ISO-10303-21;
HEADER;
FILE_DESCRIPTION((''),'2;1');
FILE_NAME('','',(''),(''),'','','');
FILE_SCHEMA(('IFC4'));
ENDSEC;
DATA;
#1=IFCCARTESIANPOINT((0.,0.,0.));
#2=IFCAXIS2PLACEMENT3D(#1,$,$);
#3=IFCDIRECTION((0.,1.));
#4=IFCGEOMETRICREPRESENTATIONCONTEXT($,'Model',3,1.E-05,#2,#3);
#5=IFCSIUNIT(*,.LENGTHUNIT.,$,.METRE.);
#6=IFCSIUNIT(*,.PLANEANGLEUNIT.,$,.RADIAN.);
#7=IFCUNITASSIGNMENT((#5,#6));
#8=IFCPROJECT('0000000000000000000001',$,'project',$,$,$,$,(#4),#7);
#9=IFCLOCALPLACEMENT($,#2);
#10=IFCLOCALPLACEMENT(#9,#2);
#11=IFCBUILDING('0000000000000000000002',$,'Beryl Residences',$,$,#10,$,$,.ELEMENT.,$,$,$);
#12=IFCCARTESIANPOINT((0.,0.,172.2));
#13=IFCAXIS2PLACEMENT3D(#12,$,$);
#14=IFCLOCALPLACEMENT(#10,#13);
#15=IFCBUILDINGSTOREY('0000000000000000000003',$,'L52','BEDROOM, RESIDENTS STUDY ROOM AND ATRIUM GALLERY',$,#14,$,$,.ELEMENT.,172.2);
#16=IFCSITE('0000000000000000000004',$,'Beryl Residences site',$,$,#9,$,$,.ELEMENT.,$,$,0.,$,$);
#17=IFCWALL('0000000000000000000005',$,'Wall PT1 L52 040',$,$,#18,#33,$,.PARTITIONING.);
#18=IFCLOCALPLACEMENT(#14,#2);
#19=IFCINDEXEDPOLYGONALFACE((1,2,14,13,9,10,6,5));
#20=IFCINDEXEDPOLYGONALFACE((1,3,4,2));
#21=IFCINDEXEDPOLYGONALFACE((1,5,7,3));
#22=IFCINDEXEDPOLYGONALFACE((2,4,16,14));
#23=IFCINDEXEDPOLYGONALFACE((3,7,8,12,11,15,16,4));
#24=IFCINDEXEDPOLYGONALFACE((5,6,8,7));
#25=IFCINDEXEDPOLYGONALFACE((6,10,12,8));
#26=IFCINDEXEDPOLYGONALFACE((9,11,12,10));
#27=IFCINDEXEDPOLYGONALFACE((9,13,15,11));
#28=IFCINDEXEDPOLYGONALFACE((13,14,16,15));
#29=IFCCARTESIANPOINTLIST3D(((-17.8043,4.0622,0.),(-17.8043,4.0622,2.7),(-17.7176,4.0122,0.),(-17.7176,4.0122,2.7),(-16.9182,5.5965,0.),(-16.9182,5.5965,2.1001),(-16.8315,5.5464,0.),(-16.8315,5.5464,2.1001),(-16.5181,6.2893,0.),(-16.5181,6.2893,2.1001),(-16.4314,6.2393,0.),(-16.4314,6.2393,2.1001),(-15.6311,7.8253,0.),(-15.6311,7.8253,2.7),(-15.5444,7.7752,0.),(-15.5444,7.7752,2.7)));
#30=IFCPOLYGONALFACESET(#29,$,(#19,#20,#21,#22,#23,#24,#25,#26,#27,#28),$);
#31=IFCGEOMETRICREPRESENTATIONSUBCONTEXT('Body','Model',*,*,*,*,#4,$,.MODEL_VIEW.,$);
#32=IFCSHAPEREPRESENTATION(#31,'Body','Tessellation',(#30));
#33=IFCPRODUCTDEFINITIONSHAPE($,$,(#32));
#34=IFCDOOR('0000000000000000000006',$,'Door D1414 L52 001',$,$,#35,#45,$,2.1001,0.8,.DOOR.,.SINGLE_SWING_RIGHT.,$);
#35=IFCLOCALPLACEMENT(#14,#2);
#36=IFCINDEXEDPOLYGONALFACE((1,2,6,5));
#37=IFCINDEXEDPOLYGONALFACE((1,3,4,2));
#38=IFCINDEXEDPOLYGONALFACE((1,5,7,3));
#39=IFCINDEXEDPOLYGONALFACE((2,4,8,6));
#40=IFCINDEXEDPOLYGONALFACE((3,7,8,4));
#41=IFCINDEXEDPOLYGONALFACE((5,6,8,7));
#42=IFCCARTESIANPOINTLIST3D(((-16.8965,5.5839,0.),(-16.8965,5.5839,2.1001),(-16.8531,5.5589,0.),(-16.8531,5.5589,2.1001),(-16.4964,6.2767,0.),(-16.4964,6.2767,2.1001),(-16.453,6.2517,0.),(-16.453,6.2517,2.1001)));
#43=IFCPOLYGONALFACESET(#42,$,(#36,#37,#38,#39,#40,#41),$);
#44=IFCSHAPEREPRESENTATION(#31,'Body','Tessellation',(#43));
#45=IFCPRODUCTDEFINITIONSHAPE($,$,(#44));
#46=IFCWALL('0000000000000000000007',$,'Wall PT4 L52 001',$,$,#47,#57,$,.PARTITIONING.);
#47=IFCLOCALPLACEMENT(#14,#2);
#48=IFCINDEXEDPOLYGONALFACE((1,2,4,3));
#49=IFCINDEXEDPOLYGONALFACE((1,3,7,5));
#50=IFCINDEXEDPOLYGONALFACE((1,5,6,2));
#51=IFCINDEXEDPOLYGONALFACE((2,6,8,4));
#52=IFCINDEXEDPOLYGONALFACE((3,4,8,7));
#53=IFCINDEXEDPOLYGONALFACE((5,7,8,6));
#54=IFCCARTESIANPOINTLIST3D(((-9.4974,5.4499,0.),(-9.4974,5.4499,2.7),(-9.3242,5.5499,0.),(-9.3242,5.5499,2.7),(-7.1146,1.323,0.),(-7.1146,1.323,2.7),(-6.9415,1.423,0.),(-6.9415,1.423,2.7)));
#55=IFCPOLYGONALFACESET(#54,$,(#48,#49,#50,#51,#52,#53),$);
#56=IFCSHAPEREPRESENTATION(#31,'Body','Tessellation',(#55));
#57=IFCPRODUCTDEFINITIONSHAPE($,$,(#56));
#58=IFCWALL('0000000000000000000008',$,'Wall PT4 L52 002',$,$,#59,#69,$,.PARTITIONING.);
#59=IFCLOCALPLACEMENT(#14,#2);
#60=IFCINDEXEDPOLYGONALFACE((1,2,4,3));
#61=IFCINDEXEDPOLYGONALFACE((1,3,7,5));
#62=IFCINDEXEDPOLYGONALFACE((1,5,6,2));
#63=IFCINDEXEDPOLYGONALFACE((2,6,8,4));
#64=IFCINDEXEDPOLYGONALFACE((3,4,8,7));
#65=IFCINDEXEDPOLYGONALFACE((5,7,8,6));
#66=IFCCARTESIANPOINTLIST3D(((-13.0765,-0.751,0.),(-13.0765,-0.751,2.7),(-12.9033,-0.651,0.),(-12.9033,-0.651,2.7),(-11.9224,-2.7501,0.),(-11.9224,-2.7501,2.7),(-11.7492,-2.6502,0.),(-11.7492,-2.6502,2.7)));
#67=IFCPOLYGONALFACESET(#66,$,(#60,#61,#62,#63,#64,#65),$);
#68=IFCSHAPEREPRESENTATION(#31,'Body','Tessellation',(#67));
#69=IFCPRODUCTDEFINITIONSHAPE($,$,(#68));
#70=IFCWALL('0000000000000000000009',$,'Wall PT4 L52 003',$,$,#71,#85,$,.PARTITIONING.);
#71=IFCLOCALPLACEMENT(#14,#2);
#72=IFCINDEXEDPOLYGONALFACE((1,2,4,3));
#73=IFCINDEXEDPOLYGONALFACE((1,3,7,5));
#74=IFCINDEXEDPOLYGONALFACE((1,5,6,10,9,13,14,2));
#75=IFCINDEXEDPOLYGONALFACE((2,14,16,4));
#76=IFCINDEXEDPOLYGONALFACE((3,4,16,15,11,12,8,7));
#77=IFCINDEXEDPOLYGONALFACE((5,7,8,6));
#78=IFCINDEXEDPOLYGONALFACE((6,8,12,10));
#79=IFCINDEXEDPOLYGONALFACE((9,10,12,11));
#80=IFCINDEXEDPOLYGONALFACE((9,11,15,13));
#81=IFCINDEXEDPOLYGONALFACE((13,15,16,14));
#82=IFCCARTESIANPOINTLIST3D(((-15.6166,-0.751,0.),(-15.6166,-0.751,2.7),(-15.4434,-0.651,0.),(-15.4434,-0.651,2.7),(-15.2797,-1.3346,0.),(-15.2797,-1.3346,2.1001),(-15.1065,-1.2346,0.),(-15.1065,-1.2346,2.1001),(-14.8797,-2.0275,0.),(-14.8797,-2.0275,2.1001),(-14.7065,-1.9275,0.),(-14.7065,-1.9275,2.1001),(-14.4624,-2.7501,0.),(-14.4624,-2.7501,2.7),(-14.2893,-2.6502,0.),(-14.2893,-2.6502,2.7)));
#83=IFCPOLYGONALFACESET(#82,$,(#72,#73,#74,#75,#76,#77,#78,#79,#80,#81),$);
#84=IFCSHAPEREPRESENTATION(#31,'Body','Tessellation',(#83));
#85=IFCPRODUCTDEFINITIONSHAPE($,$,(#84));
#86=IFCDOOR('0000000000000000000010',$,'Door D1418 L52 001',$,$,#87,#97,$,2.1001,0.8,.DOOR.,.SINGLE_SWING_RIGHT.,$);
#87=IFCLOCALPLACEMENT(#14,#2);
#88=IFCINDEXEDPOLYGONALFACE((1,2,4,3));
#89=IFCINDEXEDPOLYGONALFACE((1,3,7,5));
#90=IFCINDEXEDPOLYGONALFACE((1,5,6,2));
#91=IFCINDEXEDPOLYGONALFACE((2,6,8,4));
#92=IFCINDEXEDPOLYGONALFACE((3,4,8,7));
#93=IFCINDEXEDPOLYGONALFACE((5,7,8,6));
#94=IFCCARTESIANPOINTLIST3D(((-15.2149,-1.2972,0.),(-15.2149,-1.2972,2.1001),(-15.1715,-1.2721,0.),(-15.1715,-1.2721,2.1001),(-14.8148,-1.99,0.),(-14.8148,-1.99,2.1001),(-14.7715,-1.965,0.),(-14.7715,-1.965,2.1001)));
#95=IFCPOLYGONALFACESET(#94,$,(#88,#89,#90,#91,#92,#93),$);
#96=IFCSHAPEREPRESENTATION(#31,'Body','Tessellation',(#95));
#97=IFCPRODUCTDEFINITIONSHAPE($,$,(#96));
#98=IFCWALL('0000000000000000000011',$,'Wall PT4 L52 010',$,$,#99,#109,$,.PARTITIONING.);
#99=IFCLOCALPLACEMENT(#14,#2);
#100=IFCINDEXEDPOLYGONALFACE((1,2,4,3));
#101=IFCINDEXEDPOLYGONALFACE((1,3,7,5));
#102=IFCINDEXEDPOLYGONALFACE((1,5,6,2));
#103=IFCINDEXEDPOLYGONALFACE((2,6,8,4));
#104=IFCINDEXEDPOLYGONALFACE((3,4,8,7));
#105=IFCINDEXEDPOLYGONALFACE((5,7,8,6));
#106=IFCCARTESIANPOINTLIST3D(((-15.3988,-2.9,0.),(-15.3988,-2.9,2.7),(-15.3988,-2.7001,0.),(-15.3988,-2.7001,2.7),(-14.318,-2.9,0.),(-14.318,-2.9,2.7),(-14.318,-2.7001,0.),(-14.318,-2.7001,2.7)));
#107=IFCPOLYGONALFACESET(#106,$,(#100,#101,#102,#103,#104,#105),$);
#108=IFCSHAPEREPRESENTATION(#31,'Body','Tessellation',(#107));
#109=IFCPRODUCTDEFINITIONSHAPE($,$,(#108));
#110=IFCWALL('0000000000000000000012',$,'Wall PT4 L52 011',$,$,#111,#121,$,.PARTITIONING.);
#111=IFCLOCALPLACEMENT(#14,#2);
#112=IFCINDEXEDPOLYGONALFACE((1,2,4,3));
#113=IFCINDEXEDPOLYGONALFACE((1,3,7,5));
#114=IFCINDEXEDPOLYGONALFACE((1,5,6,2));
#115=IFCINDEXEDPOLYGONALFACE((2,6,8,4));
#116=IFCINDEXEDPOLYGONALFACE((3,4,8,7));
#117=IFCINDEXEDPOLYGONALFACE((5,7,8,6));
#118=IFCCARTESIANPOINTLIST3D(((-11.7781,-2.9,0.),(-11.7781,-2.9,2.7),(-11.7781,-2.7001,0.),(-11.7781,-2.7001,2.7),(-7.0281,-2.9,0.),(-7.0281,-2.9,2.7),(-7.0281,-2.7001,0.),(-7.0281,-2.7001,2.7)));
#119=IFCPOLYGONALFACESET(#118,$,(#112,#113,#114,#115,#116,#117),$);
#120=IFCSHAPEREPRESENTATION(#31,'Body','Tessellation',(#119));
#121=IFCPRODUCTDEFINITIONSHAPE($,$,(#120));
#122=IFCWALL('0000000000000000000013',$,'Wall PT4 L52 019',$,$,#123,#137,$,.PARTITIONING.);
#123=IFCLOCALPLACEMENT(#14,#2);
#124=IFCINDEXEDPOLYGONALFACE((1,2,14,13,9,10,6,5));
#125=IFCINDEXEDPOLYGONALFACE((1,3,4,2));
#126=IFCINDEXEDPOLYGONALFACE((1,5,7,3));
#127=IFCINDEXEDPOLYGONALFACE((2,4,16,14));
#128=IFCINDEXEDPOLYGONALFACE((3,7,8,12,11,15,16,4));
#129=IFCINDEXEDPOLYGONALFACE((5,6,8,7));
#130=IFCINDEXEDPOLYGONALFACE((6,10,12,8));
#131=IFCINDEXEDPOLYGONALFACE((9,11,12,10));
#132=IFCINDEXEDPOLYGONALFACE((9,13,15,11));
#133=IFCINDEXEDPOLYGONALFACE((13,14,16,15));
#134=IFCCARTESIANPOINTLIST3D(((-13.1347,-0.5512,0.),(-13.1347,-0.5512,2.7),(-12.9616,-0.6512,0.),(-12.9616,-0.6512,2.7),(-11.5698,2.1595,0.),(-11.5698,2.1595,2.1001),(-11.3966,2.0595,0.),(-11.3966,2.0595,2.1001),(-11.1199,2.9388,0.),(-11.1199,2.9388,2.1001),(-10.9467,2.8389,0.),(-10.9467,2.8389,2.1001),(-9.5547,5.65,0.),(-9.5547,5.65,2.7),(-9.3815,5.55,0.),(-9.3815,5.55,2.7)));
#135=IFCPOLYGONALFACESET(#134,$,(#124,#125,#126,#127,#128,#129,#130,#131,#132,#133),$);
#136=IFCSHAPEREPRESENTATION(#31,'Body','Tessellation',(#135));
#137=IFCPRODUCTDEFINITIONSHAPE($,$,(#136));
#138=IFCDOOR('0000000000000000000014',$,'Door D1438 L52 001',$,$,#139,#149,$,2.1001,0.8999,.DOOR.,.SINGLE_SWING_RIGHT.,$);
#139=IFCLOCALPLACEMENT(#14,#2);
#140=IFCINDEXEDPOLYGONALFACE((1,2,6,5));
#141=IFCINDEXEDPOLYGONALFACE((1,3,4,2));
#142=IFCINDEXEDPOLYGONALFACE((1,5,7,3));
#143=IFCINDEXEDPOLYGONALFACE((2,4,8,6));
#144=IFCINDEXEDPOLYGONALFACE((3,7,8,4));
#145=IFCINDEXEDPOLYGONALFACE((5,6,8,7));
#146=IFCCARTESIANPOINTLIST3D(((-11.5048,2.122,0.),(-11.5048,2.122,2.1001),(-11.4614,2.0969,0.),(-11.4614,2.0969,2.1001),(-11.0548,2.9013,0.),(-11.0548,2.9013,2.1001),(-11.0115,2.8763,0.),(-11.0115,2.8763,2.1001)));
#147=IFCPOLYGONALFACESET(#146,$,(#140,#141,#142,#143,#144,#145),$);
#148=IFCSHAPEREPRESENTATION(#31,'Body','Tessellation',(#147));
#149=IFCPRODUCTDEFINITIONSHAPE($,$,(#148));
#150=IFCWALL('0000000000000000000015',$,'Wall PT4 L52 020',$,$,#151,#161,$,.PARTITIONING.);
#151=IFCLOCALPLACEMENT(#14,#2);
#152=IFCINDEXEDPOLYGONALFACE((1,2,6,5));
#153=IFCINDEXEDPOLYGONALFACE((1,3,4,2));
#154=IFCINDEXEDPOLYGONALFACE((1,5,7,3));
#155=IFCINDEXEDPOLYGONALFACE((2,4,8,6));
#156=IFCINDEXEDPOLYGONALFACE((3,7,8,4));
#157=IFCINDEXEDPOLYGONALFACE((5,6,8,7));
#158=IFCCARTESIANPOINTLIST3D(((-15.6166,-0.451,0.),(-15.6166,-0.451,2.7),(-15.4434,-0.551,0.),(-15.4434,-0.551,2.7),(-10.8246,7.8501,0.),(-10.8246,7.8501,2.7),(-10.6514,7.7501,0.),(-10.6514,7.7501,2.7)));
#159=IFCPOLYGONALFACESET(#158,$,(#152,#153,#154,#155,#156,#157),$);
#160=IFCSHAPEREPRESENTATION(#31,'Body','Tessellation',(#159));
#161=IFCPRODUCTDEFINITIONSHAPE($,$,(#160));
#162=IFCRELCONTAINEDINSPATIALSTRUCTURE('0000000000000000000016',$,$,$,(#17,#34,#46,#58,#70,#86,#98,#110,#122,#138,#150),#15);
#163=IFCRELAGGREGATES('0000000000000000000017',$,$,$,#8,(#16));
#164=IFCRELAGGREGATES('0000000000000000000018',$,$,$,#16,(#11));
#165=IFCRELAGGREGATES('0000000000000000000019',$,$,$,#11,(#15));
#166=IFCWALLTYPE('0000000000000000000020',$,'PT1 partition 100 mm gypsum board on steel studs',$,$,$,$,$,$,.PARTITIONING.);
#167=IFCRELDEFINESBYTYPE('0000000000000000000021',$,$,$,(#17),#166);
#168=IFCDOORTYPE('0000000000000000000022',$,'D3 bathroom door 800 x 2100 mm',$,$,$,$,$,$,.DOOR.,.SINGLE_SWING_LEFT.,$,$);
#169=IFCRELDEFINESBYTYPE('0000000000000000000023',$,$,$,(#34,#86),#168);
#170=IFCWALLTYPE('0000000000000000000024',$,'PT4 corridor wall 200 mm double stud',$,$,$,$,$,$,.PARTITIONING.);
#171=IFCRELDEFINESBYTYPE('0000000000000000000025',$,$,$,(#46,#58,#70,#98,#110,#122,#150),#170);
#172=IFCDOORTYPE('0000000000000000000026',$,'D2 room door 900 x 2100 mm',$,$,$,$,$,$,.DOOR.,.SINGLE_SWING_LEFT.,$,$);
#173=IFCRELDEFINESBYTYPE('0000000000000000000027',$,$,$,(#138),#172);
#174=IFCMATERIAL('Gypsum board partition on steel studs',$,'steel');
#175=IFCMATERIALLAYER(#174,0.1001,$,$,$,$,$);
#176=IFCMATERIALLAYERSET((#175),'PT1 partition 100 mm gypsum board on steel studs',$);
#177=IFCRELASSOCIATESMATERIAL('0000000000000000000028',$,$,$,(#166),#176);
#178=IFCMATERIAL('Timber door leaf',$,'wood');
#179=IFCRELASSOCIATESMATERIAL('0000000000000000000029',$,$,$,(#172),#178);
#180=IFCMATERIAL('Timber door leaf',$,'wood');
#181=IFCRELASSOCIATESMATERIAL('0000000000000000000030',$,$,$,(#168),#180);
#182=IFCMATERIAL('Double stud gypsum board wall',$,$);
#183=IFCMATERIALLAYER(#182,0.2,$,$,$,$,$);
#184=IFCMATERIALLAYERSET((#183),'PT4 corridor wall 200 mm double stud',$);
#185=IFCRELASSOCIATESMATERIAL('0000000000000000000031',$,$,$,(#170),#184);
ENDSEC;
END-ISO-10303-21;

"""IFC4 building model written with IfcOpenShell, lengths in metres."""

from ifc_helpers import new_model, si_unit, direction, frame, frame_2d, origin, place, context, subcontext, project, spatial, rectangle, extrude, material, layer, layer_set, type_object, element, fill, save


model = new_model("IFC4")

# Units and contexts
model_context = context("Model", 3, precision=1e-05, world=origin(), true_north=direction((0.0, 1.0)))
body_context = subcontext(model_context, "Body", "Model", "MODEL_VIEW")
ifc_project = project(units=[si_unit("LENGTHUNIT", "METRE"), si_unit("PLANEANGLEUNIT", "RADIAN")], contexts=[model_context])

# Site, building, storey
site_placement = place(None, origin())
site = spatial("IfcSite", under=ifc_project, at=site_placement, Name="Beryl Residences site", CompositionType="ELEMENT", RefElevation=0.0)
building_placement = place(site_placement, origin())
building = spatial("IfcBuilding", under=site, at=building_placement, Name="Beryl Residences", CompositionType="ELEMENT")
storey_placement = place(building_placement, frame((0.0, 0.0, 172.2)))
storey = spatial("IfcBuildingStorey", under=building, at=storey_placement, Name="L52", Description="BEDROOM, RESIDENTS STUDY ROOM AND ATRIUM GALLERY", CompositionType="ELEMENT", Elevation=172.2)

# Shared definitions
ifc_material_1 = material(Name="Gypsum board partition on steel studs", Category="steel")
ifc_layer_1 = layer(ifc_material_1, 0.1001)
ifc_layer_set_1 = layer_set([ifc_layer_1], Name="PT1 partition 100 mm gypsum board on steel studs")
wall_type_1 = type_object("IfcWallType", Name="PT1 partition 100 mm gypsum board on steel studs", PredefinedType="PARTITIONING", material=ifc_layer_set_1)
ifc_material_2 = material(Name="Timber door leaf", Category="wood")
door_type_1 = type_object("IfcDoorType", Name="D2 room door 900 x 2100 mm", OperationType="SINGLE_SWING_LEFT", PredefinedType="DOOR", material=ifc_material_2)

# Shared definitions
ifc_material_3 = material(Name="Timber door leaf", Category="wood")
door_type_2 = type_object("IfcDoorType", Name="D3 bathroom door 800 x 2100 mm", OperationType="SINGLE_SWING_LEFT", PredefinedType="DOOR", material=ifc_material_3)

# Wall, opening, door
wall_1_placement = place(storey_placement, frame((-17.761, 4.0371, 0.0), z_axis=(0.0, 0.0, 1.0), x_axis=(0.500097, 0.865969, 0.0)))
wall_1 = element("IfcWall", 1, at=wall_1_placement, inside=storey, type_object=wall_type_1, Name="Wall PT1 L52 040", PredefinedType="PARTITIONING", context=body_context, shape_type="SweptSolid", body=[
    extrude(rectangle(XDim=4.3455, YDim=0.1001, at=frame_2d((2.1729, 0.0))), origin(), (0.0, 0.0, 1.0), 2.7),
])
opening_1_placement = place(wall_1_placement, frame((1.772, 0.0, 0.0)))
opening_1 = element("IfcOpeningElement", 2, at=opening_1_placement, cuts=wall_1, PredefinedType="OPENING", context=body_context, shape_type="SweptSolid", body=[
    extrude(rectangle(XDim=0.8, YDim=2.1001, at=frame_2d((0.3999, 1.05))), frame((0.0, 0.0601, 0.0), z_axis=(0.0, -1.0, 0.0), x_axis=(1.0, 0.0, 0.0)), (0.0, 0.0, 1.0), 0.1201),
])
door_1_placement = place(opening_1_placement, origin())
door_1 = element("IfcDoor", 3, at=door_1_placement, inside=storey, type_object=door_type_2, Name="Door D1414 L52 001", OperationType="SINGLE_SWING_RIGHT", OverallHeight=2.1001, OverallWidth=0.8, PredefinedType="DOOR", context=body_context, shape_type="SweptSolid", body=[
    extrude(rectangle(XDim=0.8, YDim=2.1001, at=frame_2d((0.3999, 1.05))), frame((0.0, 0.0249, 0.0), z_axis=(0.0, -1.0, 0.0), x_axis=(1.0, 0.0, 0.0)), (0.0, 0.0, 1.0), 0.05),
])
fill(opening_1, door_1)

# Walls
ifc_material_4 = material(Name="Double stud gypsum board wall")
ifc_layer_2 = layer(ifc_material_4, 0.2)
ifc_layer_set_2 = layer_set([ifc_layer_2], Name="PT4 corridor wall 200 mm double stud")
wall_type_2 = type_object("IfcWallType", Name="PT4 corridor wall 200 mm double stud", PredefinedType="PARTITIONING", material=ifc_layer_set_2)
wall_2_placement = place(storey_placement, frame((-9.4109, 5.5, 0.0), z_axis=(0.0, 0.0, 1.0), x_axis=(0.500018, -0.866015, 0.0)))
element("IfcWall", 4, at=wall_2_placement, inside=storey, type_object=wall_type_2, Name="Wall PT4 L52 001", PredefinedType="PARTITIONING", context=body_context, shape_type="SweptSolid", body=[
    extrude(rectangle(XDim=4.7654, YDim=0.2, at=frame_2d((2.3828, 0.0))), origin(), (0.0, 0.0, 1.0), 2.7),
])
wall_3_placement = place(storey_placement, frame((-12.99, -0.7009, 0.0), z_axis=(0.0, 0.0, 1.0), x_axis=(0.499973, -0.866041, 0.0)))
element("IfcWall", 5, at=wall_3_placement, inside=storey, type_object=wall_type_2, Name="Wall PT4 L52 002", PredefinedType="PARTITIONING", context=body_context, shape_type="SweptSolid", body=[
    extrude(rectangle(XDim=2.3083, YDim=0.2, at=frame_2d((1.1543, 0.0))), origin(), (0.0, 0.0, 1.0), 2.7),
])

# Wall, opening, door
wall_4_placement = place(storey_placement, frame((-15.53, -0.7009, 0.0), z_axis=(0.0, 0.0, 1.0), x_axis=(0.499973, -0.866041, 0.0)))
wall_4 = element("IfcWall", 6, at=wall_4_placement, inside=storey, type_object=wall_type_2, Name="Wall PT4 L52 003", PredefinedType="PARTITIONING", context=body_context, shape_type="SweptSolid", body=[
    extrude(rectangle(XDim=2.3083, YDim=0.2, at=frame_2d((1.1543, 0.0))), origin(), (0.0, 0.0, 1.0), 2.7),
])
opening_2_placement = place(wall_4_placement, frame((0.6741, 0.0, 0.0)))
opening_2 = element("IfcOpeningElement", 7, at=opening_2_placement, cuts=wall_4, PredefinedType="OPENING", context=body_context, shape_type="SweptSolid", body=[
    extrude(rectangle(XDim=0.8, YDim=2.1001, at=frame_2d((0.3999, 1.05))), frame((0.0, 0.1099, 0.0), z_axis=(0.0, -1.0, 0.0), x_axis=(1.0, 0.0, 0.0)), (0.0, 0.0, 1.0), 0.22),
])
door_2_placement = place(opening_2_placement, origin())
door_2 = element("IfcDoor", 8, at=door_2_placement, inside=storey, type_object=door_type_2, Name="Door D1418 L52 001", OperationType="SINGLE_SWING_RIGHT", OverallHeight=2.1001, OverallWidth=0.8, PredefinedType="DOOR", context=body_context, shape_type="SweptSolid", body=[
    extrude(rectangle(XDim=0.8, YDim=2.1001, at=frame_2d((0.3999, 1.05))), frame((0.0, 0.0249, 0.0), z_axis=(0.0, -1.0, 0.0), x_axis=(1.0, 0.0, 0.0)), (0.0, 0.0, 1.0), 0.05),
])
fill(opening_2, door_2)

# Walls
wall_5_placement = place(storey_placement, frame((-15.3989, -2.8, 0.0), z_axis=(0.0, 0.0, 1.0), x_axis=(1.0, 0.0, 0.0)))
element("IfcWall", 9, at=wall_5_placement, inside=storey, type_object=wall_type_2, Name="Wall PT4 L52 010", PredefinedType="PARTITIONING", context=body_context, shape_type="SweptSolid", body=[
    extrude(rectangle(XDim=1.0808, YDim=0.2, at=frame_2d((0.5405, 0.0))), origin(), (0.0, 0.0, 1.0), 2.7),
])
wall_6_placement = place(storey_placement, frame((-11.7781, -2.8, 0.0), z_axis=(0.0, 0.0, 1.0), x_axis=(1.0, 0.0, 0.0)))
element("IfcWall", 10, at=wall_6_placement, inside=storey, type_object=wall_type_2, Name="Wall PT4 L52 011", PredefinedType="PARTITIONING", context=body_context, shape_type="SweptSolid", body=[
    extrude(rectangle(XDim=4.75, YDim=0.2, at=frame_2d((2.375, 0.0))), origin(), (0.0, 0.0, 1.0), 2.7),
])

# Wall, opening, door
wall_7_placement = place(storey_placement, frame((-13.0481, -0.6011, 0.0), z_axis=(0.0, 0.0, 1.0), x_axis=(0.499982, 0.866036, 0.0)))
wall_7 = element("IfcWall", 11, at=wall_7_placement, inside=storey, type_object=wall_type_2, Name="Wall PT4 L52 019", PredefinedType="PARTITIONING", context=body_context, shape_type="SweptSolid", body=[
    extrude(rectangle(XDim=7.1604, YDim=0.2, at=frame_2d((3.5801, 0.0))), origin(), (0.0, 0.0, 1.0), 2.7),
])
opening_3_placement = place(wall_7_placement, frame((3.1299, 0.0, 0.0)))
opening_3 = element("IfcOpeningElement", 12, at=opening_3_placement, cuts=wall_7, PredefinedType="OPENING", context=body_context, shape_type="SweptSolid", body=[
    extrude(rectangle(XDim=0.8999, YDim=2.1001, at=frame_2d((0.45, 1.05))), frame((0.0, 0.1099, 0.0), z_axis=(0.0, -1.0, 0.0), x_axis=(1.0, 0.0, 0.0)), (0.0, 0.0, 1.0), 0.22),
])
door_3_placement = place(opening_3_placement, origin())
door_3 = element("IfcDoor", 13, at=door_3_placement, inside=storey, type_object=door_type_1, Name="Door D1438 L52 001", OperationType="SINGLE_SWING_RIGHT", OverallHeight=2.1001, OverallWidth=0.8999, PredefinedType="DOOR", context=body_context, shape_type="SweptSolid", body=[
    extrude(rectangle(XDim=0.8999, YDim=2.1001, at=frame_2d((0.45, 1.05))), frame((0.0, 0.0249, 0.0), z_axis=(0.0, -1.0, 0.0), x_axis=(1.0, 0.0, 0.0)), (0.0, 0.0, 1.0), 0.05),
])
fill(opening_3, door_3)

# Wall
wall_8_placement = place(storey_placement, frame((-15.53, -0.501, 0.0), z_axis=(0.0, 0.0, 1.0), x_axis=(0.499952, 0.866053, 0.0)))
element("IfcWall", 14, at=wall_8_placement, inside=storey, type_object=wall_type_2, Name="Wall PT4 L52 020", PredefinedType="PARTITIONING", context=body_context, shape_type="SweptSolid", body=[
    extrude(rectangle(XDim=9.585, YDim=0.2, at=frame_2d((4.7925, 0.0))), origin(), (0.0, 0.0, 1.0), 2.7),
])

save(model, "model.ifc")
